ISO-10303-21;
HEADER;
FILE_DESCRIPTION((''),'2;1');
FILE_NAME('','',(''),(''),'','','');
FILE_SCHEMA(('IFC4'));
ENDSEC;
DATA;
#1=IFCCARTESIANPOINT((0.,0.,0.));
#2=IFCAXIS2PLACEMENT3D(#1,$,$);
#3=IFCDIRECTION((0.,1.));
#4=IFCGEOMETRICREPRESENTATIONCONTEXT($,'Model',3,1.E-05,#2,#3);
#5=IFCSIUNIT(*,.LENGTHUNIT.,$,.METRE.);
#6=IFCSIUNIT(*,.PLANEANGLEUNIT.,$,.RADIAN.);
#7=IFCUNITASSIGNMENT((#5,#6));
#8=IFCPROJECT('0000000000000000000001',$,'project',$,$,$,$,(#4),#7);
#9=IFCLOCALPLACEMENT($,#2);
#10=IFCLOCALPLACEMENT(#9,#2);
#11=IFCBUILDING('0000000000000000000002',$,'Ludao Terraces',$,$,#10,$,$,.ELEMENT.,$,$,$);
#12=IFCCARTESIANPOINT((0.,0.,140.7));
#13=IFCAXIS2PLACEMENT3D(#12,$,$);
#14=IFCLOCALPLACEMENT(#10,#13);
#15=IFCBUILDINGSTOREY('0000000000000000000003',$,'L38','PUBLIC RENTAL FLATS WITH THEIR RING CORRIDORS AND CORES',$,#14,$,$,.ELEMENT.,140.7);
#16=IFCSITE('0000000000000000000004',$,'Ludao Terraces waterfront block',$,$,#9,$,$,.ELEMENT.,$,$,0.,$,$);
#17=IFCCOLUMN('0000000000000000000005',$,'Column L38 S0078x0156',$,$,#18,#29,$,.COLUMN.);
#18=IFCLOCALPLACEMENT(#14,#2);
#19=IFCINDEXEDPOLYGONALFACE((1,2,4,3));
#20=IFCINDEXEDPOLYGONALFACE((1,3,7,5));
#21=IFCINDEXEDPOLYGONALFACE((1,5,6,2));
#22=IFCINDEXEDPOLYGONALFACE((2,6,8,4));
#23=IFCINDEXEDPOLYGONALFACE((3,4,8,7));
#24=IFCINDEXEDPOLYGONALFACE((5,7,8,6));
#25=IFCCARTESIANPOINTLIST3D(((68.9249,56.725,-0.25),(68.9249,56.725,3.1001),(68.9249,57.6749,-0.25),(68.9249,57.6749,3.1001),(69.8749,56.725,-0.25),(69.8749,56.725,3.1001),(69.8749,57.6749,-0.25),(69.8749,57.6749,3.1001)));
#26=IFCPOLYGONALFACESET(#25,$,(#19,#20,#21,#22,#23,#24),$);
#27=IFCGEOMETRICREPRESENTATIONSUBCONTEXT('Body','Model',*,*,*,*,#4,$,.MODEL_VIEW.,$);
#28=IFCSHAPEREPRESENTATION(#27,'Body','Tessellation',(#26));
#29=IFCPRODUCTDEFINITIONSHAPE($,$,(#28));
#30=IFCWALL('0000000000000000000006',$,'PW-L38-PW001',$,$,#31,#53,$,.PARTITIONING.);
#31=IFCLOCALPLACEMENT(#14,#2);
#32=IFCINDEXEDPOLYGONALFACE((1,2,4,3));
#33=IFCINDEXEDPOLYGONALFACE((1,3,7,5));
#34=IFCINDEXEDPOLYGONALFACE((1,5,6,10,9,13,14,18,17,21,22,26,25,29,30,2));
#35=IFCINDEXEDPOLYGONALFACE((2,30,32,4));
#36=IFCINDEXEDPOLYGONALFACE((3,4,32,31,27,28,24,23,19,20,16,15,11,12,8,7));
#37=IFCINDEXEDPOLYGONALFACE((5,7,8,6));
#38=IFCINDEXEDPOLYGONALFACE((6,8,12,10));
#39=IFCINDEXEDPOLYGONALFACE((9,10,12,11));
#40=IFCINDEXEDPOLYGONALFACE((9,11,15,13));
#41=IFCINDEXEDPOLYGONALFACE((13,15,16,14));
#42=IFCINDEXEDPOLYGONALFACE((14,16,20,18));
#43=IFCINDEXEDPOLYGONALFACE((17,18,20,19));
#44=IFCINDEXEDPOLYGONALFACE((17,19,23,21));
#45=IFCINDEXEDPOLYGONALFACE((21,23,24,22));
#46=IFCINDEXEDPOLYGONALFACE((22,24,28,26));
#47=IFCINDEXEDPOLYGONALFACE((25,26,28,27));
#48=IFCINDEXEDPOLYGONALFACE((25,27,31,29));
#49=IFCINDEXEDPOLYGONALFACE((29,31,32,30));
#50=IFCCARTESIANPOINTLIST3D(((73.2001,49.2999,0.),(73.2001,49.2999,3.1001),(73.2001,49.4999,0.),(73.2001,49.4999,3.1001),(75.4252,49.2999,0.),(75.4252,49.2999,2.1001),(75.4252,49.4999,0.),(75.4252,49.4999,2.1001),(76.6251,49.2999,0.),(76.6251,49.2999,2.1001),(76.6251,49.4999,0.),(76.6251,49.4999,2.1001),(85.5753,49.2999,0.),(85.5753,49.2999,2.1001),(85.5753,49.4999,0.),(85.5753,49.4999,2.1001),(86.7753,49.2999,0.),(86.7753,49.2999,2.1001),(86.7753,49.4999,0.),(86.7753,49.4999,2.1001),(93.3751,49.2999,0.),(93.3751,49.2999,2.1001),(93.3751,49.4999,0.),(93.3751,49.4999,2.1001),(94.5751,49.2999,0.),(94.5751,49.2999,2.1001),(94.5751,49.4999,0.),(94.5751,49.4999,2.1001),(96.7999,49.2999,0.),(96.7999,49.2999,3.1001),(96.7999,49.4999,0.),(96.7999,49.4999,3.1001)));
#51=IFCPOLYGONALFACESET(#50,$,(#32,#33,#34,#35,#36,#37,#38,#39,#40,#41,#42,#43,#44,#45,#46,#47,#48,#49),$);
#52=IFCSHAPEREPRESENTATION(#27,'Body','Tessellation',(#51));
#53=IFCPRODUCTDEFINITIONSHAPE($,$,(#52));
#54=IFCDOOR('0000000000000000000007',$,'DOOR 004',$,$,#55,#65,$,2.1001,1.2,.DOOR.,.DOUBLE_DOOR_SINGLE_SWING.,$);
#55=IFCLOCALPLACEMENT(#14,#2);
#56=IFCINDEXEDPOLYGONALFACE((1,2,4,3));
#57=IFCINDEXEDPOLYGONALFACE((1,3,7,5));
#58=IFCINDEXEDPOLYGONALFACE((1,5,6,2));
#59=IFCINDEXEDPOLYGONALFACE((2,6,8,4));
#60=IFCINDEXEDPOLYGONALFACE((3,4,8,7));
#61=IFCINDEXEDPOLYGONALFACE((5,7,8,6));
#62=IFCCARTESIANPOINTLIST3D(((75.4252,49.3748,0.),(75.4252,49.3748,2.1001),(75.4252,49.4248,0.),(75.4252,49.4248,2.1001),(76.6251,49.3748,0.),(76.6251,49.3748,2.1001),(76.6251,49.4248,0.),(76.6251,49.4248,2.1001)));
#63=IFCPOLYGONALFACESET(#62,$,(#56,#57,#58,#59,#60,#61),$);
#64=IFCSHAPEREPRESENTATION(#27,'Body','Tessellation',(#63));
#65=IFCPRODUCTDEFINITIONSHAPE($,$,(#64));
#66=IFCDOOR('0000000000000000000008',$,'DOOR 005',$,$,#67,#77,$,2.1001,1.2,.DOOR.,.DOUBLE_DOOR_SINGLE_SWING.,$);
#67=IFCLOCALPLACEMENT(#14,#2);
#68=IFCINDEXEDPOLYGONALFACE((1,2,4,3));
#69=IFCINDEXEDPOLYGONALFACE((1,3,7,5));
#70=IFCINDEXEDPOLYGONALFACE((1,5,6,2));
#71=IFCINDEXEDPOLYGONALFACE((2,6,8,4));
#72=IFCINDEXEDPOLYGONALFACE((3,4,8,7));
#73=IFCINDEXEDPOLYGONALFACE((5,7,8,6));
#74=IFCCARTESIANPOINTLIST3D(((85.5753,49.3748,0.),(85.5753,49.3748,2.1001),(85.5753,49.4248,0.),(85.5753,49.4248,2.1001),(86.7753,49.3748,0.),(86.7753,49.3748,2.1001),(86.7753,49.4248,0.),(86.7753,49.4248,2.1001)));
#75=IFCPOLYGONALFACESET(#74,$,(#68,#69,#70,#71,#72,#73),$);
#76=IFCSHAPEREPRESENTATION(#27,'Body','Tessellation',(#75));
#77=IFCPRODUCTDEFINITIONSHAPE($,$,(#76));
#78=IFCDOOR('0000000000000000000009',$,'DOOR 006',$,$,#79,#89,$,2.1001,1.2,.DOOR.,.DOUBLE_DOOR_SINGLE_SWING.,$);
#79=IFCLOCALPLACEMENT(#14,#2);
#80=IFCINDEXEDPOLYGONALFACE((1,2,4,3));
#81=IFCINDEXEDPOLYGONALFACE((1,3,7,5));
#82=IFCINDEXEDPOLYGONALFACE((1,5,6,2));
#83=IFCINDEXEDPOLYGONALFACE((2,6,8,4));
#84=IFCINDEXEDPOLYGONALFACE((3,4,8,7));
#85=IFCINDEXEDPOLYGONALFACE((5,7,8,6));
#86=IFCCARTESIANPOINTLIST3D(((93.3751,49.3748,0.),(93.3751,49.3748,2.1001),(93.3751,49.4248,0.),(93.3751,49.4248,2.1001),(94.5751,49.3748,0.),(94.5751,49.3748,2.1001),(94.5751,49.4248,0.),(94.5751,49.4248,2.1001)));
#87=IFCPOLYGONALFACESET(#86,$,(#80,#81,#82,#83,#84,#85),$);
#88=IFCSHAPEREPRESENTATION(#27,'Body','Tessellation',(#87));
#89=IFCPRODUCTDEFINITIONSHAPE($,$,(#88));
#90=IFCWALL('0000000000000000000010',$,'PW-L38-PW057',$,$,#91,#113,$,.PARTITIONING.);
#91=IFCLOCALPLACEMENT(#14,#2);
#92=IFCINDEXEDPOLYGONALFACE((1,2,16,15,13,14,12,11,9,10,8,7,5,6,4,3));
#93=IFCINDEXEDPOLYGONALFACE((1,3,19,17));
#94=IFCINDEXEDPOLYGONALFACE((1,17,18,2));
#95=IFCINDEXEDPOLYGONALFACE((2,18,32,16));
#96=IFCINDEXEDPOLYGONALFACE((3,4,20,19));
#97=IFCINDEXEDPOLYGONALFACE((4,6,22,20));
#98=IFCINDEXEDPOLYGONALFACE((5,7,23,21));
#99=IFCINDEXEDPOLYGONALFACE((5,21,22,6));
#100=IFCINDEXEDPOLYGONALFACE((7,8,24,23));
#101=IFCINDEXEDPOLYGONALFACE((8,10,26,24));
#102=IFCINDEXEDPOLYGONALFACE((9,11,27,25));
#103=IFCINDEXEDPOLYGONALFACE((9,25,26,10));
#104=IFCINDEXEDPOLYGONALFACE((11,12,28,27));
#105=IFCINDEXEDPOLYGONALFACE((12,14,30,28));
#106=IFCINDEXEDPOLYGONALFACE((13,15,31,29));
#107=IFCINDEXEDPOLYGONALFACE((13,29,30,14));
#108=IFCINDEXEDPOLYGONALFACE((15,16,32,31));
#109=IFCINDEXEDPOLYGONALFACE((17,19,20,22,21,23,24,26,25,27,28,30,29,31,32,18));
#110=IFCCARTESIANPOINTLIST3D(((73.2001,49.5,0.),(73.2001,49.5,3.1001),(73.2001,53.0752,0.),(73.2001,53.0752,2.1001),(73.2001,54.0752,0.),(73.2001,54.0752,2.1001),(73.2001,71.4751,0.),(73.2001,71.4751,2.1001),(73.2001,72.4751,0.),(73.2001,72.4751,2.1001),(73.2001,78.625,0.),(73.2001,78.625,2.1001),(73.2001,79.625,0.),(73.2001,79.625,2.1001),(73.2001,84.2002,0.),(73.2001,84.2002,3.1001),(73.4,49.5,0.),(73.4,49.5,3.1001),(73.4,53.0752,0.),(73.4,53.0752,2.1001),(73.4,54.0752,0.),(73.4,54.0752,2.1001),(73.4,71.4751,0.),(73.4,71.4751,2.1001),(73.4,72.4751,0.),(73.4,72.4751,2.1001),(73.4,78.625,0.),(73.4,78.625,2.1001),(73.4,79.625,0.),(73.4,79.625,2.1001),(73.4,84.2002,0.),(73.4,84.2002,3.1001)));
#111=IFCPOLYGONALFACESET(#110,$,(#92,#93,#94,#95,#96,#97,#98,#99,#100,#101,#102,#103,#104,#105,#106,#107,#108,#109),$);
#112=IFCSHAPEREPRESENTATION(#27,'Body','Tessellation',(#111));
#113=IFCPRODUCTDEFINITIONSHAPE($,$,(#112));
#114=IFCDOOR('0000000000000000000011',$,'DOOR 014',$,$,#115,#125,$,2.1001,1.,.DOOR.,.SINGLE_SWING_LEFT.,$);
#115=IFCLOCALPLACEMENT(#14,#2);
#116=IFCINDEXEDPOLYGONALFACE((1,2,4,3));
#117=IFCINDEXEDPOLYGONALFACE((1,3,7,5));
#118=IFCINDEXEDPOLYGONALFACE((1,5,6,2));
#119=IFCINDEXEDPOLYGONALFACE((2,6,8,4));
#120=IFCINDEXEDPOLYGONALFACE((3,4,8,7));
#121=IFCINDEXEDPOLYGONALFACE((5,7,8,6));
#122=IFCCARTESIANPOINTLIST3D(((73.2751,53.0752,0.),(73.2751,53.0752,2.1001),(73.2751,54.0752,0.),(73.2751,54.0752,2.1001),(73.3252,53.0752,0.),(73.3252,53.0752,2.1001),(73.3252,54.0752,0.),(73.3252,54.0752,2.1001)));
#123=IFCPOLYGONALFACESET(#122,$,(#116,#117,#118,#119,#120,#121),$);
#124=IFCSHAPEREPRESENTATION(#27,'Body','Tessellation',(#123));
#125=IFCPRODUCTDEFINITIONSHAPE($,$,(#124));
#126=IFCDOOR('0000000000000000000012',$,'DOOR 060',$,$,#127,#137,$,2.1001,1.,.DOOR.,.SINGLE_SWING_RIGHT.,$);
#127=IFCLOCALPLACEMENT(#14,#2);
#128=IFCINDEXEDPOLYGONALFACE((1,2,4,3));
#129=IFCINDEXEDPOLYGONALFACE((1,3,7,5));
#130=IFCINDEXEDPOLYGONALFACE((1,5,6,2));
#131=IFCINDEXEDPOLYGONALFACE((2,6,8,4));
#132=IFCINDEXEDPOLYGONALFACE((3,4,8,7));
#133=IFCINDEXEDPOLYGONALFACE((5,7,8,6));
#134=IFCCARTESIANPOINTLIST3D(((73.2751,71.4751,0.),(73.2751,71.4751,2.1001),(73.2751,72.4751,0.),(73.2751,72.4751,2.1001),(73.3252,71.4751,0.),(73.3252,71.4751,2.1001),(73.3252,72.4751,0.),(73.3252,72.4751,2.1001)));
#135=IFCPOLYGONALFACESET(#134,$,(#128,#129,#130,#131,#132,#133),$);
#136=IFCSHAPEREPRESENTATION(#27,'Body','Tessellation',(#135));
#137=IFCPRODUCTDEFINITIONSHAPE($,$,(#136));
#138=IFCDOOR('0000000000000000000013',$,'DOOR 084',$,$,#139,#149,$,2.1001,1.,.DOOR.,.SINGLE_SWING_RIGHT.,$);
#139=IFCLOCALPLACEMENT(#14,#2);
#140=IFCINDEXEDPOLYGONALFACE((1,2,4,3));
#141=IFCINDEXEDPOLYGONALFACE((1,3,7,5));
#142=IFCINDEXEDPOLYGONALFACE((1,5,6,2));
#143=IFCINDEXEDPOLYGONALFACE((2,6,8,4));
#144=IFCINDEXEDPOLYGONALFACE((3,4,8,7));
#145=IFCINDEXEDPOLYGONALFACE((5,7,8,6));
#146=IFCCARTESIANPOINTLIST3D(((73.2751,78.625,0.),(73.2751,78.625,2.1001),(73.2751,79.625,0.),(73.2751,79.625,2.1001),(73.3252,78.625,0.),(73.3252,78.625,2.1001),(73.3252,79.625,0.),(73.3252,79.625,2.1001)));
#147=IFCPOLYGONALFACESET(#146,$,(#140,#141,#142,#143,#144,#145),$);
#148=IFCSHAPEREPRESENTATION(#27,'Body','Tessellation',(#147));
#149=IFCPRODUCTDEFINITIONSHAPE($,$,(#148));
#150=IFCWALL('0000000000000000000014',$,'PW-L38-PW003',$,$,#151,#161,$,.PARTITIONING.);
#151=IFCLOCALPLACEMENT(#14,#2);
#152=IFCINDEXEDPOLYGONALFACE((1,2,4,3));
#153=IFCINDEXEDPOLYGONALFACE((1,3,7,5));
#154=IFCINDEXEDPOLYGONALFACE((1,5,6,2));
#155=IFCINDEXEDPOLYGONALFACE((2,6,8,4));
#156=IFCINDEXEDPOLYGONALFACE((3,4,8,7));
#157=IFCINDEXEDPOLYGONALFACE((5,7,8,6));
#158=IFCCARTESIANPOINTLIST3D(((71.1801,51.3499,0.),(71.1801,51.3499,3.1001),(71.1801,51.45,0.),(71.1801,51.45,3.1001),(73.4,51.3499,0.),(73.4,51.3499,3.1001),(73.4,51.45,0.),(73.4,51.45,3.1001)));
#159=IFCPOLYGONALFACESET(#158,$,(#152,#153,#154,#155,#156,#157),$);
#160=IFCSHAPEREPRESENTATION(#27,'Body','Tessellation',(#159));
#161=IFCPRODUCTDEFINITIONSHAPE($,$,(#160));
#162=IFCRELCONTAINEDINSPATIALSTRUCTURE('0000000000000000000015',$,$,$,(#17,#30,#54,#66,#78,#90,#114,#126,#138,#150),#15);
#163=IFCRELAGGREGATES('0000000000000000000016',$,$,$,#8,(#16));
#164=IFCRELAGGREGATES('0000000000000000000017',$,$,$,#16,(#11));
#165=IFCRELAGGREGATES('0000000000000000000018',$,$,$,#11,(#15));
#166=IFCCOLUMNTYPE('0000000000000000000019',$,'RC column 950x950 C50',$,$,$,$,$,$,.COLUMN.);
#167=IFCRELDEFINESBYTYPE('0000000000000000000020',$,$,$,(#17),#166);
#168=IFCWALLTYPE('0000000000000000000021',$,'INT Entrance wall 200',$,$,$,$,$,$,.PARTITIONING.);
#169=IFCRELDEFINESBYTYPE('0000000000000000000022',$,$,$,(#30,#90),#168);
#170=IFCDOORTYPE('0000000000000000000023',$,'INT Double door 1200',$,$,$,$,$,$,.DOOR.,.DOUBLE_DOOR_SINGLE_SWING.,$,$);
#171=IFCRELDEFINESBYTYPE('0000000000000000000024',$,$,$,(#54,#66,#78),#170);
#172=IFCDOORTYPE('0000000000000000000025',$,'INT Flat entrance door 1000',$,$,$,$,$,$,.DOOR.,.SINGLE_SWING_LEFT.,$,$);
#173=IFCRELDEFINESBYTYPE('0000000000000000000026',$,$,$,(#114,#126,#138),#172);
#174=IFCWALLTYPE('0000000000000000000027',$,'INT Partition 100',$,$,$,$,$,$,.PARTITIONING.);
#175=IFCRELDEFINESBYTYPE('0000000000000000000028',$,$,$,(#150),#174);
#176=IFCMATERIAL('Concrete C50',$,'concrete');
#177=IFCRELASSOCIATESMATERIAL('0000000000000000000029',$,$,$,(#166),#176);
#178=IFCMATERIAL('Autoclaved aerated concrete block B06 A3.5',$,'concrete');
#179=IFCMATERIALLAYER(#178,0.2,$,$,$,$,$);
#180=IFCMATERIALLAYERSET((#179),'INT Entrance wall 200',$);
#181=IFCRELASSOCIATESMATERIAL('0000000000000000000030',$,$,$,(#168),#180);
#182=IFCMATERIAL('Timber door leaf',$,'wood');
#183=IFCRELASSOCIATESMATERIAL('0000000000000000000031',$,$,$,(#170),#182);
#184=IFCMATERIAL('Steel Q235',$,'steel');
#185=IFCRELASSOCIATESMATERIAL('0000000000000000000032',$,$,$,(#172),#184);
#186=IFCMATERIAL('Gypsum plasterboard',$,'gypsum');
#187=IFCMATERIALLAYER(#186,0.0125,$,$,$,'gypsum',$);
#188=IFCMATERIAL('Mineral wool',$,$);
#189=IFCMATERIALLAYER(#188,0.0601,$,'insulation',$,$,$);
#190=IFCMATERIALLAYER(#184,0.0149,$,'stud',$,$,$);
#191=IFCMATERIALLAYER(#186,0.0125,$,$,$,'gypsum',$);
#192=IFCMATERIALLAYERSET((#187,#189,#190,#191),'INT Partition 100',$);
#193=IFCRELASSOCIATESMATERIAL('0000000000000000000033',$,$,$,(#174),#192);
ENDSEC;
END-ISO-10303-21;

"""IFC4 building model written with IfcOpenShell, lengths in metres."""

from ifc_helpers import new_model, si_unit, direction, frame, frame_2d, origin, origin_2d, place, context, subcontext, project, spatial, rectangle, extrude, material, layer, layer_set, material_profile, profile_set, type_object, element, fill, save


model = new_model("IFC4")

# Units and contexts
model_context = context("Model", 3, precision=1e-05, world=origin(), true_north=direction((0.0, 1.0)))
body_context = subcontext(model_context, "Body", "Model", "MODEL_VIEW")
ifc_project = project(units=[si_unit("LENGTHUNIT", "METRE"), si_unit("PLANEANGLEUNIT", "RADIAN")], contexts=[model_context])

# Site, building, storey
site_placement = place(None, origin())
site = spatial("IfcSite", under=ifc_project, at=site_placement, Name="Ludao Terraces waterfront block", CompositionType="ELEMENT", RefElevation=0.0)
building_placement = place(site_placement, origin())
building = spatial("IfcBuilding", under=site, at=building_placement, Name="Ludao Terraces", CompositionType="ELEMENT")
storey_placement = place(building_placement, frame((0.0, 0.0, 140.7)))
storey = spatial("IfcBuildingStorey", under=building, at=storey_placement, Name="L38", Description="PUBLIC RENTAL FLATS WITH THEIR RING CORRIDORS AND CORES", CompositionType="ELEMENT", Elevation=140.7)

# Column
ifc_material_1 = material(Name="Concrete C50", Category="concrete")
ifc_material_profile = material_profile(ifc_material_1, rectangle(XDim=0.95, YDim=0.95, at=origin_2d()), Name="950 X 950")
ifc_profile_set = profile_set([ifc_material_profile], Name="Concrete C50")
column_type = type_object("IfcColumnType", Name="RC column 950x950 C50", PredefinedType="COLUMN", material=ifc_profile_set)
column_placement = place(storey_placement, frame((69.3999, 57.2, -0.25), z_axis=(0.0, 0.0, 1.0), x_axis=(1.0, 0.0, 0.0)))
element("IfcColumn", 1, at=column_placement, inside=storey, type_object=column_type, Name="Column L38 S0078x0156", PredefinedType="COLUMN", context=body_context, shape_type="SweptSolid", body=[
    extrude(rectangle(XDim=0.95, YDim=0.95, at=origin_2d()), origin(), (0.0, 0.0, 1.0), 3.3501),
])

# Walls, openings, doors
ifc_material_2 = material(Name="Autoclaved aerated concrete block B06 A3.5", Category="concrete")
ifc_layer_1 = layer(ifc_material_2, 0.2)
ifc_layer_set_1 = layer_set([ifc_layer_1], Name="INT Entrance wall 200")
wall_type_1 = type_object("IfcWallType", Name="INT Entrance wall 200", PredefinedType="PARTITIONING", material=ifc_layer_set_1)
wall_1_placement = place(storey_placement, frame((73.2002, 49.3999, 0.0), z_axis=(0.0, 0.0, 1.0), x_axis=(1.0, 0.0, 0.0)))
wall_1 = element("IfcWall", 2, at=wall_1_placement, inside=storey, type_object=wall_type_1, Name="PW-L38-PW001", PredefinedType="PARTITIONING", context=body_context, shape_type="SweptSolid", body=[
    extrude(rectangle(XDim=23.5999, YDim=0.2, at=frame_2d((11.7998, 0.0))), origin(), (0.0, 0.0, 1.0), 3.1001),
])
opening_1_placement = place(wall_1_placement, frame((2.2249, 0.0, 0.0)))
opening_1 = element("IfcOpeningElement", 3, at=opening_1_placement, cuts=wall_1, PredefinedType="OPENING", context=body_context, shape_type="SweptSolid", body=[
    extrude(rectangle(XDim=1.2, YDim=2.1001, at=frame_2d((0.6001, 1.05))), frame((0.0, 0.1099, 0.0), z_axis=(0.0, -1.0, 0.0), x_axis=(1.0, 0.0, 0.0)), (0.0, 0.0, 1.0), 0.22),
])
opening_2_placement = place(wall_1_placement, frame((12.375, 0.0, 0.0)))
opening_2 = element("IfcOpeningElement", 4, at=opening_2_placement, cuts=wall_1, PredefinedType="OPENING", context=body_context, shape_type="SweptSolid", body=[
    extrude(rectangle(XDim=1.2, YDim=2.1001, at=frame_2d((0.6001, 1.05))), frame((0.0, 0.1099, 0.0), z_axis=(0.0, -1.0, 0.0), x_axis=(1.0, 0.0, 0.0)), (0.0, 0.0, 1.0), 0.22),
])
opening_3_placement = place(wall_1_placement, frame((20.1748, 0.0, 0.0)))
opening_3 = element("IfcOpeningElement", 5, at=opening_3_placement, cuts=wall_1, PredefinedType="OPENING", context=body_context, shape_type="SweptSolid", body=[
    extrude(rectangle(XDim=1.2, YDim=2.1001, at=frame_2d((0.6001, 1.05))), frame((0.0, 0.1099, 0.0), z_axis=(0.0, -1.0, 0.0), x_axis=(1.0, 0.0, 0.0)), (0.0, 0.0, 1.0), 0.22),
])
ifc_material_3 = material(Name="Timber door leaf", Category="wood")
door_type_1 = type_object("IfcDoorType", Name="INT Double door 1200", OperationType="DOUBLE_DOOR_SINGLE_SWING", PredefinedType="DOOR", material=ifc_material_3)
door_1_placement = place(opening_1_placement, origin())
door_1 = element("IfcDoor", 6, at=door_1_placement, inside=storey, type_object=door_type_1, Name="DOOR 004", OperationType="DOUBLE_DOOR_SINGLE_SWING", OverallHeight=2.1001, OverallWidth=1.2, PredefinedType="DOOR", context=body_context, shape_type="SweptSolid", body=[
    extrude(rectangle(XDim=1.2, YDim=2.1001, at=frame_2d((0.6001, 1.05))), frame((0.0, 0.0249, 0.0), z_axis=(0.0, -1.0, 0.0), x_axis=(1.0, 0.0, 0.0)), (0.0, 0.0, 1.0), 0.05),
])
fill(opening_1, door_1)
door_2_placement = place(opening_2_placement, origin())
door_2 = element("IfcDoor", 7, at=door_2_placement, inside=storey, type_object=door_type_1, Name="DOOR 005", OperationType="DOUBLE_DOOR_SINGLE_SWING", OverallHeight=2.1001, OverallWidth=1.2, PredefinedType="DOOR", context=body_context, shape_type="SweptSolid", body=[
    extrude(rectangle(XDim=1.2, YDim=2.1001, at=frame_2d((0.6001, 1.05))), frame((0.0, 0.0249, 0.0), z_axis=(0.0, -1.0, 0.0), x_axis=(1.0, 0.0, 0.0)), (0.0, 0.0, 1.0), 0.05),
])
fill(opening_2, door_2)
door_3_placement = place(opening_3_placement, origin())
door_3 = element("IfcDoor", 8, at=door_3_placement, inside=storey, type_object=door_type_1, Name="DOOR 006", OperationType="DOUBLE_DOOR_SINGLE_SWING", OverallHeight=2.1001, OverallWidth=1.2, PredefinedType="DOOR", context=body_context, shape_type="SweptSolid", body=[
    extrude(rectangle(XDim=1.2, YDim=2.1001, at=frame_2d((0.6001, 1.05))), frame((0.0, 0.0249, 0.0), z_axis=(0.0, -1.0, 0.0), x_axis=(1.0, 0.0, 0.0)), (0.0, 0.0, 1.0), 0.05),
])
fill(opening_3, door_3)
wall_2_placement = place(storey_placement, frame((73.3, 49.5, 0.0), z_axis=(0.0, 0.0, 1.0), x_axis=(0.0, 1.0, 0.0)))
wall_2 = element("IfcWall", 9, at=wall_2_placement, inside=storey, type_object=wall_type_1, Name="PW-L38-PW057", PredefinedType="PARTITIONING", context=body_context, shape_type="SweptSolid", body=[
    extrude(rectangle(XDim=34.7002, YDim=0.2, at=frame_2d((17.3501, 0.0))), origin(), (0.0, 0.0, 1.0), 3.1001),
])
opening_4_placement = place(wall_2_placement, frame((3.5752, 0.0, 0.0)))
opening_4 = element("IfcOpeningElement", 10, at=opening_4_placement, cuts=wall_2, PredefinedType="OPENING", context=body_context, shape_type="SweptSolid", body=[
    extrude(rectangle(XDim=1.0, YDim=2.1001, at=frame_2d((0.5, 1.05))), frame((0.0, 0.1099, 0.0), z_axis=(0.0, -1.0, 0.0), x_axis=(1.0, 0.0, 0.0)), (0.0, 0.0, 1.0), 0.22),
])
opening_5_placement = place(wall_2_placement, frame((21.9751, 0.0, 0.0)))
opening_5 = element("IfcOpeningElement", 11, at=opening_5_placement, cuts=wall_2, PredefinedType="OPENING", context=body_context, shape_type="SweptSolid", body=[
    extrude(rectangle(XDim=1.0, YDim=2.1001, at=frame_2d((0.5, 1.05))), frame((0.0, 0.1099, 0.0), z_axis=(0.0, -1.0, 0.0), x_axis=(1.0, 0.0, 0.0)), (0.0, 0.0, 1.0), 0.22),
])
opening_6_placement = place(wall_2_placement, frame((29.125, 0.0, 0.0)))
opening_6 = element("IfcOpeningElement", 12, at=opening_6_placement, cuts=wall_2, PredefinedType="OPENING", context=body_context, shape_type="SweptSolid", body=[
    extrude(rectangle(XDim=1.0, YDim=2.1001, at=frame_2d((0.5, 1.05))), frame((0.0, 0.1099, 0.0), z_axis=(0.0, -1.0, 0.0), x_axis=(1.0, 0.0, 0.0)), (0.0, 0.0, 1.0), 0.22),
])
ifc_material_4 = material(Name="Steel Q235", Category="steel")
door_type_2 = type_object("IfcDoorType", Name="INT Flat entrance door 1000", OperationType="SINGLE_SWING_LEFT", PredefinedType="DOOR", material=ifc_material_4)
door_4_placement = place(opening_4_placement, origin())
door_4 = element("IfcDoor", 13, at=door_4_placement, inside=storey, type_object=door_type_2, Name="DOOR 014", OperationType="SINGLE_SWING_LEFT", OverallHeight=2.1001, OverallWidth=1.0, PredefinedType="DOOR", context=body_context, shape_type="SweptSolid", body=[
    extrude(rectangle(XDim=1.0, YDim=2.1001, at=frame_2d((0.5, 1.05))), frame((0.0, 0.0249, 0.0), z_axis=(0.0, -1.0, 0.0), x_axis=(1.0, 0.0, 0.0)), (0.0, 0.0, 1.0), 0.05),
])
fill(opening_4, door_4)
door_5_placement = place(opening_5_placement, origin())
door_5 = element("IfcDoor", 14, at=door_5_placement, inside=storey, type_object=door_type_2, Name="DOOR 060", OperationType="SINGLE_SWING_RIGHT", OverallHeight=2.1001, OverallWidth=1.0, PredefinedType="DOOR", context=body_context, shape_type="SweptSolid", body=[
    extrude(rectangle(XDim=1.0, YDim=2.1001, at=frame_2d((0.5, 1.05))), frame((0.0, 0.0249, 0.0), z_axis=(0.0, -1.0, 0.0), x_axis=(1.0, 0.0, 0.0)), (0.0, 0.0, 1.0), 0.05),
])
fill(opening_5, door_5)
door_6_placement = place(opening_6_placement, origin())
door_6 = element("IfcDoor", 15, at=door_6_placement, inside=storey, type_object=door_type_2, Name="DOOR 084", OperationType="SINGLE_SWING_RIGHT", OverallHeight=2.1001, OverallWidth=1.0, PredefinedType="DOOR", context=body_context, shape_type="SweptSolid", body=[
    extrude(rectangle(XDim=1.0, YDim=2.1001, at=frame_2d((0.5, 1.05))), frame((0.0, 0.0249, 0.0), z_axis=(0.0, -1.0, 0.0), x_axis=(1.0, 0.0, 0.0)), (0.0, 0.0, 1.0), 0.05),
])
fill(opening_6, door_6)

# Wall
ifc_material_5 = material(Name="Gypsum plasterboard", Category="gypsum")
ifc_layer_2 = layer(ifc_material_5, 0.0125, Category="gypsum")
ifc_material_6 = material(Name="Mineral wool")
ifc_layer_3 = layer(ifc_material_6, 0.0601, Name="insulation")
ifc_layer_4 = layer(ifc_material_4, 0.0149, Name="stud")
ifc_layer_5 = layer(ifc_material_5, 0.0125, Category="gypsum")
ifc_layer_set_2 = layer_set([ifc_layer_2, ifc_layer_3, ifc_layer_4, ifc_layer_5], Name="INT Partition 100")
wall_type_2 = type_object("IfcWallType", Name="INT Partition 100", PredefinedType="PARTITIONING", material=ifc_layer_set_2)
for number, where, z_axis, x_axis, name in (
    (16, (71.1802, 51.3999, 0.0), (0.0, 0.0, 1.0), (1.0, 0.0, 0.0), "PW-L38-PW003"),
):
    element("IfcWall", number, at=place(storey_placement, frame(where, z_axis=z_axis, x_axis=x_axis)), inside=storey, type_object=wall_type_2, Name=name, PredefinedType="PARTITIONING", context=body_context, shape_type="SweptSolid", body=[
        extrude(rectangle(XDim=2.22, YDim=0.1001, at=frame_2d((1.1099, 0.0))), origin(), (0.0, 0.0, 1.0), 3.1001),
    ])

save(model, "model.ifc")
